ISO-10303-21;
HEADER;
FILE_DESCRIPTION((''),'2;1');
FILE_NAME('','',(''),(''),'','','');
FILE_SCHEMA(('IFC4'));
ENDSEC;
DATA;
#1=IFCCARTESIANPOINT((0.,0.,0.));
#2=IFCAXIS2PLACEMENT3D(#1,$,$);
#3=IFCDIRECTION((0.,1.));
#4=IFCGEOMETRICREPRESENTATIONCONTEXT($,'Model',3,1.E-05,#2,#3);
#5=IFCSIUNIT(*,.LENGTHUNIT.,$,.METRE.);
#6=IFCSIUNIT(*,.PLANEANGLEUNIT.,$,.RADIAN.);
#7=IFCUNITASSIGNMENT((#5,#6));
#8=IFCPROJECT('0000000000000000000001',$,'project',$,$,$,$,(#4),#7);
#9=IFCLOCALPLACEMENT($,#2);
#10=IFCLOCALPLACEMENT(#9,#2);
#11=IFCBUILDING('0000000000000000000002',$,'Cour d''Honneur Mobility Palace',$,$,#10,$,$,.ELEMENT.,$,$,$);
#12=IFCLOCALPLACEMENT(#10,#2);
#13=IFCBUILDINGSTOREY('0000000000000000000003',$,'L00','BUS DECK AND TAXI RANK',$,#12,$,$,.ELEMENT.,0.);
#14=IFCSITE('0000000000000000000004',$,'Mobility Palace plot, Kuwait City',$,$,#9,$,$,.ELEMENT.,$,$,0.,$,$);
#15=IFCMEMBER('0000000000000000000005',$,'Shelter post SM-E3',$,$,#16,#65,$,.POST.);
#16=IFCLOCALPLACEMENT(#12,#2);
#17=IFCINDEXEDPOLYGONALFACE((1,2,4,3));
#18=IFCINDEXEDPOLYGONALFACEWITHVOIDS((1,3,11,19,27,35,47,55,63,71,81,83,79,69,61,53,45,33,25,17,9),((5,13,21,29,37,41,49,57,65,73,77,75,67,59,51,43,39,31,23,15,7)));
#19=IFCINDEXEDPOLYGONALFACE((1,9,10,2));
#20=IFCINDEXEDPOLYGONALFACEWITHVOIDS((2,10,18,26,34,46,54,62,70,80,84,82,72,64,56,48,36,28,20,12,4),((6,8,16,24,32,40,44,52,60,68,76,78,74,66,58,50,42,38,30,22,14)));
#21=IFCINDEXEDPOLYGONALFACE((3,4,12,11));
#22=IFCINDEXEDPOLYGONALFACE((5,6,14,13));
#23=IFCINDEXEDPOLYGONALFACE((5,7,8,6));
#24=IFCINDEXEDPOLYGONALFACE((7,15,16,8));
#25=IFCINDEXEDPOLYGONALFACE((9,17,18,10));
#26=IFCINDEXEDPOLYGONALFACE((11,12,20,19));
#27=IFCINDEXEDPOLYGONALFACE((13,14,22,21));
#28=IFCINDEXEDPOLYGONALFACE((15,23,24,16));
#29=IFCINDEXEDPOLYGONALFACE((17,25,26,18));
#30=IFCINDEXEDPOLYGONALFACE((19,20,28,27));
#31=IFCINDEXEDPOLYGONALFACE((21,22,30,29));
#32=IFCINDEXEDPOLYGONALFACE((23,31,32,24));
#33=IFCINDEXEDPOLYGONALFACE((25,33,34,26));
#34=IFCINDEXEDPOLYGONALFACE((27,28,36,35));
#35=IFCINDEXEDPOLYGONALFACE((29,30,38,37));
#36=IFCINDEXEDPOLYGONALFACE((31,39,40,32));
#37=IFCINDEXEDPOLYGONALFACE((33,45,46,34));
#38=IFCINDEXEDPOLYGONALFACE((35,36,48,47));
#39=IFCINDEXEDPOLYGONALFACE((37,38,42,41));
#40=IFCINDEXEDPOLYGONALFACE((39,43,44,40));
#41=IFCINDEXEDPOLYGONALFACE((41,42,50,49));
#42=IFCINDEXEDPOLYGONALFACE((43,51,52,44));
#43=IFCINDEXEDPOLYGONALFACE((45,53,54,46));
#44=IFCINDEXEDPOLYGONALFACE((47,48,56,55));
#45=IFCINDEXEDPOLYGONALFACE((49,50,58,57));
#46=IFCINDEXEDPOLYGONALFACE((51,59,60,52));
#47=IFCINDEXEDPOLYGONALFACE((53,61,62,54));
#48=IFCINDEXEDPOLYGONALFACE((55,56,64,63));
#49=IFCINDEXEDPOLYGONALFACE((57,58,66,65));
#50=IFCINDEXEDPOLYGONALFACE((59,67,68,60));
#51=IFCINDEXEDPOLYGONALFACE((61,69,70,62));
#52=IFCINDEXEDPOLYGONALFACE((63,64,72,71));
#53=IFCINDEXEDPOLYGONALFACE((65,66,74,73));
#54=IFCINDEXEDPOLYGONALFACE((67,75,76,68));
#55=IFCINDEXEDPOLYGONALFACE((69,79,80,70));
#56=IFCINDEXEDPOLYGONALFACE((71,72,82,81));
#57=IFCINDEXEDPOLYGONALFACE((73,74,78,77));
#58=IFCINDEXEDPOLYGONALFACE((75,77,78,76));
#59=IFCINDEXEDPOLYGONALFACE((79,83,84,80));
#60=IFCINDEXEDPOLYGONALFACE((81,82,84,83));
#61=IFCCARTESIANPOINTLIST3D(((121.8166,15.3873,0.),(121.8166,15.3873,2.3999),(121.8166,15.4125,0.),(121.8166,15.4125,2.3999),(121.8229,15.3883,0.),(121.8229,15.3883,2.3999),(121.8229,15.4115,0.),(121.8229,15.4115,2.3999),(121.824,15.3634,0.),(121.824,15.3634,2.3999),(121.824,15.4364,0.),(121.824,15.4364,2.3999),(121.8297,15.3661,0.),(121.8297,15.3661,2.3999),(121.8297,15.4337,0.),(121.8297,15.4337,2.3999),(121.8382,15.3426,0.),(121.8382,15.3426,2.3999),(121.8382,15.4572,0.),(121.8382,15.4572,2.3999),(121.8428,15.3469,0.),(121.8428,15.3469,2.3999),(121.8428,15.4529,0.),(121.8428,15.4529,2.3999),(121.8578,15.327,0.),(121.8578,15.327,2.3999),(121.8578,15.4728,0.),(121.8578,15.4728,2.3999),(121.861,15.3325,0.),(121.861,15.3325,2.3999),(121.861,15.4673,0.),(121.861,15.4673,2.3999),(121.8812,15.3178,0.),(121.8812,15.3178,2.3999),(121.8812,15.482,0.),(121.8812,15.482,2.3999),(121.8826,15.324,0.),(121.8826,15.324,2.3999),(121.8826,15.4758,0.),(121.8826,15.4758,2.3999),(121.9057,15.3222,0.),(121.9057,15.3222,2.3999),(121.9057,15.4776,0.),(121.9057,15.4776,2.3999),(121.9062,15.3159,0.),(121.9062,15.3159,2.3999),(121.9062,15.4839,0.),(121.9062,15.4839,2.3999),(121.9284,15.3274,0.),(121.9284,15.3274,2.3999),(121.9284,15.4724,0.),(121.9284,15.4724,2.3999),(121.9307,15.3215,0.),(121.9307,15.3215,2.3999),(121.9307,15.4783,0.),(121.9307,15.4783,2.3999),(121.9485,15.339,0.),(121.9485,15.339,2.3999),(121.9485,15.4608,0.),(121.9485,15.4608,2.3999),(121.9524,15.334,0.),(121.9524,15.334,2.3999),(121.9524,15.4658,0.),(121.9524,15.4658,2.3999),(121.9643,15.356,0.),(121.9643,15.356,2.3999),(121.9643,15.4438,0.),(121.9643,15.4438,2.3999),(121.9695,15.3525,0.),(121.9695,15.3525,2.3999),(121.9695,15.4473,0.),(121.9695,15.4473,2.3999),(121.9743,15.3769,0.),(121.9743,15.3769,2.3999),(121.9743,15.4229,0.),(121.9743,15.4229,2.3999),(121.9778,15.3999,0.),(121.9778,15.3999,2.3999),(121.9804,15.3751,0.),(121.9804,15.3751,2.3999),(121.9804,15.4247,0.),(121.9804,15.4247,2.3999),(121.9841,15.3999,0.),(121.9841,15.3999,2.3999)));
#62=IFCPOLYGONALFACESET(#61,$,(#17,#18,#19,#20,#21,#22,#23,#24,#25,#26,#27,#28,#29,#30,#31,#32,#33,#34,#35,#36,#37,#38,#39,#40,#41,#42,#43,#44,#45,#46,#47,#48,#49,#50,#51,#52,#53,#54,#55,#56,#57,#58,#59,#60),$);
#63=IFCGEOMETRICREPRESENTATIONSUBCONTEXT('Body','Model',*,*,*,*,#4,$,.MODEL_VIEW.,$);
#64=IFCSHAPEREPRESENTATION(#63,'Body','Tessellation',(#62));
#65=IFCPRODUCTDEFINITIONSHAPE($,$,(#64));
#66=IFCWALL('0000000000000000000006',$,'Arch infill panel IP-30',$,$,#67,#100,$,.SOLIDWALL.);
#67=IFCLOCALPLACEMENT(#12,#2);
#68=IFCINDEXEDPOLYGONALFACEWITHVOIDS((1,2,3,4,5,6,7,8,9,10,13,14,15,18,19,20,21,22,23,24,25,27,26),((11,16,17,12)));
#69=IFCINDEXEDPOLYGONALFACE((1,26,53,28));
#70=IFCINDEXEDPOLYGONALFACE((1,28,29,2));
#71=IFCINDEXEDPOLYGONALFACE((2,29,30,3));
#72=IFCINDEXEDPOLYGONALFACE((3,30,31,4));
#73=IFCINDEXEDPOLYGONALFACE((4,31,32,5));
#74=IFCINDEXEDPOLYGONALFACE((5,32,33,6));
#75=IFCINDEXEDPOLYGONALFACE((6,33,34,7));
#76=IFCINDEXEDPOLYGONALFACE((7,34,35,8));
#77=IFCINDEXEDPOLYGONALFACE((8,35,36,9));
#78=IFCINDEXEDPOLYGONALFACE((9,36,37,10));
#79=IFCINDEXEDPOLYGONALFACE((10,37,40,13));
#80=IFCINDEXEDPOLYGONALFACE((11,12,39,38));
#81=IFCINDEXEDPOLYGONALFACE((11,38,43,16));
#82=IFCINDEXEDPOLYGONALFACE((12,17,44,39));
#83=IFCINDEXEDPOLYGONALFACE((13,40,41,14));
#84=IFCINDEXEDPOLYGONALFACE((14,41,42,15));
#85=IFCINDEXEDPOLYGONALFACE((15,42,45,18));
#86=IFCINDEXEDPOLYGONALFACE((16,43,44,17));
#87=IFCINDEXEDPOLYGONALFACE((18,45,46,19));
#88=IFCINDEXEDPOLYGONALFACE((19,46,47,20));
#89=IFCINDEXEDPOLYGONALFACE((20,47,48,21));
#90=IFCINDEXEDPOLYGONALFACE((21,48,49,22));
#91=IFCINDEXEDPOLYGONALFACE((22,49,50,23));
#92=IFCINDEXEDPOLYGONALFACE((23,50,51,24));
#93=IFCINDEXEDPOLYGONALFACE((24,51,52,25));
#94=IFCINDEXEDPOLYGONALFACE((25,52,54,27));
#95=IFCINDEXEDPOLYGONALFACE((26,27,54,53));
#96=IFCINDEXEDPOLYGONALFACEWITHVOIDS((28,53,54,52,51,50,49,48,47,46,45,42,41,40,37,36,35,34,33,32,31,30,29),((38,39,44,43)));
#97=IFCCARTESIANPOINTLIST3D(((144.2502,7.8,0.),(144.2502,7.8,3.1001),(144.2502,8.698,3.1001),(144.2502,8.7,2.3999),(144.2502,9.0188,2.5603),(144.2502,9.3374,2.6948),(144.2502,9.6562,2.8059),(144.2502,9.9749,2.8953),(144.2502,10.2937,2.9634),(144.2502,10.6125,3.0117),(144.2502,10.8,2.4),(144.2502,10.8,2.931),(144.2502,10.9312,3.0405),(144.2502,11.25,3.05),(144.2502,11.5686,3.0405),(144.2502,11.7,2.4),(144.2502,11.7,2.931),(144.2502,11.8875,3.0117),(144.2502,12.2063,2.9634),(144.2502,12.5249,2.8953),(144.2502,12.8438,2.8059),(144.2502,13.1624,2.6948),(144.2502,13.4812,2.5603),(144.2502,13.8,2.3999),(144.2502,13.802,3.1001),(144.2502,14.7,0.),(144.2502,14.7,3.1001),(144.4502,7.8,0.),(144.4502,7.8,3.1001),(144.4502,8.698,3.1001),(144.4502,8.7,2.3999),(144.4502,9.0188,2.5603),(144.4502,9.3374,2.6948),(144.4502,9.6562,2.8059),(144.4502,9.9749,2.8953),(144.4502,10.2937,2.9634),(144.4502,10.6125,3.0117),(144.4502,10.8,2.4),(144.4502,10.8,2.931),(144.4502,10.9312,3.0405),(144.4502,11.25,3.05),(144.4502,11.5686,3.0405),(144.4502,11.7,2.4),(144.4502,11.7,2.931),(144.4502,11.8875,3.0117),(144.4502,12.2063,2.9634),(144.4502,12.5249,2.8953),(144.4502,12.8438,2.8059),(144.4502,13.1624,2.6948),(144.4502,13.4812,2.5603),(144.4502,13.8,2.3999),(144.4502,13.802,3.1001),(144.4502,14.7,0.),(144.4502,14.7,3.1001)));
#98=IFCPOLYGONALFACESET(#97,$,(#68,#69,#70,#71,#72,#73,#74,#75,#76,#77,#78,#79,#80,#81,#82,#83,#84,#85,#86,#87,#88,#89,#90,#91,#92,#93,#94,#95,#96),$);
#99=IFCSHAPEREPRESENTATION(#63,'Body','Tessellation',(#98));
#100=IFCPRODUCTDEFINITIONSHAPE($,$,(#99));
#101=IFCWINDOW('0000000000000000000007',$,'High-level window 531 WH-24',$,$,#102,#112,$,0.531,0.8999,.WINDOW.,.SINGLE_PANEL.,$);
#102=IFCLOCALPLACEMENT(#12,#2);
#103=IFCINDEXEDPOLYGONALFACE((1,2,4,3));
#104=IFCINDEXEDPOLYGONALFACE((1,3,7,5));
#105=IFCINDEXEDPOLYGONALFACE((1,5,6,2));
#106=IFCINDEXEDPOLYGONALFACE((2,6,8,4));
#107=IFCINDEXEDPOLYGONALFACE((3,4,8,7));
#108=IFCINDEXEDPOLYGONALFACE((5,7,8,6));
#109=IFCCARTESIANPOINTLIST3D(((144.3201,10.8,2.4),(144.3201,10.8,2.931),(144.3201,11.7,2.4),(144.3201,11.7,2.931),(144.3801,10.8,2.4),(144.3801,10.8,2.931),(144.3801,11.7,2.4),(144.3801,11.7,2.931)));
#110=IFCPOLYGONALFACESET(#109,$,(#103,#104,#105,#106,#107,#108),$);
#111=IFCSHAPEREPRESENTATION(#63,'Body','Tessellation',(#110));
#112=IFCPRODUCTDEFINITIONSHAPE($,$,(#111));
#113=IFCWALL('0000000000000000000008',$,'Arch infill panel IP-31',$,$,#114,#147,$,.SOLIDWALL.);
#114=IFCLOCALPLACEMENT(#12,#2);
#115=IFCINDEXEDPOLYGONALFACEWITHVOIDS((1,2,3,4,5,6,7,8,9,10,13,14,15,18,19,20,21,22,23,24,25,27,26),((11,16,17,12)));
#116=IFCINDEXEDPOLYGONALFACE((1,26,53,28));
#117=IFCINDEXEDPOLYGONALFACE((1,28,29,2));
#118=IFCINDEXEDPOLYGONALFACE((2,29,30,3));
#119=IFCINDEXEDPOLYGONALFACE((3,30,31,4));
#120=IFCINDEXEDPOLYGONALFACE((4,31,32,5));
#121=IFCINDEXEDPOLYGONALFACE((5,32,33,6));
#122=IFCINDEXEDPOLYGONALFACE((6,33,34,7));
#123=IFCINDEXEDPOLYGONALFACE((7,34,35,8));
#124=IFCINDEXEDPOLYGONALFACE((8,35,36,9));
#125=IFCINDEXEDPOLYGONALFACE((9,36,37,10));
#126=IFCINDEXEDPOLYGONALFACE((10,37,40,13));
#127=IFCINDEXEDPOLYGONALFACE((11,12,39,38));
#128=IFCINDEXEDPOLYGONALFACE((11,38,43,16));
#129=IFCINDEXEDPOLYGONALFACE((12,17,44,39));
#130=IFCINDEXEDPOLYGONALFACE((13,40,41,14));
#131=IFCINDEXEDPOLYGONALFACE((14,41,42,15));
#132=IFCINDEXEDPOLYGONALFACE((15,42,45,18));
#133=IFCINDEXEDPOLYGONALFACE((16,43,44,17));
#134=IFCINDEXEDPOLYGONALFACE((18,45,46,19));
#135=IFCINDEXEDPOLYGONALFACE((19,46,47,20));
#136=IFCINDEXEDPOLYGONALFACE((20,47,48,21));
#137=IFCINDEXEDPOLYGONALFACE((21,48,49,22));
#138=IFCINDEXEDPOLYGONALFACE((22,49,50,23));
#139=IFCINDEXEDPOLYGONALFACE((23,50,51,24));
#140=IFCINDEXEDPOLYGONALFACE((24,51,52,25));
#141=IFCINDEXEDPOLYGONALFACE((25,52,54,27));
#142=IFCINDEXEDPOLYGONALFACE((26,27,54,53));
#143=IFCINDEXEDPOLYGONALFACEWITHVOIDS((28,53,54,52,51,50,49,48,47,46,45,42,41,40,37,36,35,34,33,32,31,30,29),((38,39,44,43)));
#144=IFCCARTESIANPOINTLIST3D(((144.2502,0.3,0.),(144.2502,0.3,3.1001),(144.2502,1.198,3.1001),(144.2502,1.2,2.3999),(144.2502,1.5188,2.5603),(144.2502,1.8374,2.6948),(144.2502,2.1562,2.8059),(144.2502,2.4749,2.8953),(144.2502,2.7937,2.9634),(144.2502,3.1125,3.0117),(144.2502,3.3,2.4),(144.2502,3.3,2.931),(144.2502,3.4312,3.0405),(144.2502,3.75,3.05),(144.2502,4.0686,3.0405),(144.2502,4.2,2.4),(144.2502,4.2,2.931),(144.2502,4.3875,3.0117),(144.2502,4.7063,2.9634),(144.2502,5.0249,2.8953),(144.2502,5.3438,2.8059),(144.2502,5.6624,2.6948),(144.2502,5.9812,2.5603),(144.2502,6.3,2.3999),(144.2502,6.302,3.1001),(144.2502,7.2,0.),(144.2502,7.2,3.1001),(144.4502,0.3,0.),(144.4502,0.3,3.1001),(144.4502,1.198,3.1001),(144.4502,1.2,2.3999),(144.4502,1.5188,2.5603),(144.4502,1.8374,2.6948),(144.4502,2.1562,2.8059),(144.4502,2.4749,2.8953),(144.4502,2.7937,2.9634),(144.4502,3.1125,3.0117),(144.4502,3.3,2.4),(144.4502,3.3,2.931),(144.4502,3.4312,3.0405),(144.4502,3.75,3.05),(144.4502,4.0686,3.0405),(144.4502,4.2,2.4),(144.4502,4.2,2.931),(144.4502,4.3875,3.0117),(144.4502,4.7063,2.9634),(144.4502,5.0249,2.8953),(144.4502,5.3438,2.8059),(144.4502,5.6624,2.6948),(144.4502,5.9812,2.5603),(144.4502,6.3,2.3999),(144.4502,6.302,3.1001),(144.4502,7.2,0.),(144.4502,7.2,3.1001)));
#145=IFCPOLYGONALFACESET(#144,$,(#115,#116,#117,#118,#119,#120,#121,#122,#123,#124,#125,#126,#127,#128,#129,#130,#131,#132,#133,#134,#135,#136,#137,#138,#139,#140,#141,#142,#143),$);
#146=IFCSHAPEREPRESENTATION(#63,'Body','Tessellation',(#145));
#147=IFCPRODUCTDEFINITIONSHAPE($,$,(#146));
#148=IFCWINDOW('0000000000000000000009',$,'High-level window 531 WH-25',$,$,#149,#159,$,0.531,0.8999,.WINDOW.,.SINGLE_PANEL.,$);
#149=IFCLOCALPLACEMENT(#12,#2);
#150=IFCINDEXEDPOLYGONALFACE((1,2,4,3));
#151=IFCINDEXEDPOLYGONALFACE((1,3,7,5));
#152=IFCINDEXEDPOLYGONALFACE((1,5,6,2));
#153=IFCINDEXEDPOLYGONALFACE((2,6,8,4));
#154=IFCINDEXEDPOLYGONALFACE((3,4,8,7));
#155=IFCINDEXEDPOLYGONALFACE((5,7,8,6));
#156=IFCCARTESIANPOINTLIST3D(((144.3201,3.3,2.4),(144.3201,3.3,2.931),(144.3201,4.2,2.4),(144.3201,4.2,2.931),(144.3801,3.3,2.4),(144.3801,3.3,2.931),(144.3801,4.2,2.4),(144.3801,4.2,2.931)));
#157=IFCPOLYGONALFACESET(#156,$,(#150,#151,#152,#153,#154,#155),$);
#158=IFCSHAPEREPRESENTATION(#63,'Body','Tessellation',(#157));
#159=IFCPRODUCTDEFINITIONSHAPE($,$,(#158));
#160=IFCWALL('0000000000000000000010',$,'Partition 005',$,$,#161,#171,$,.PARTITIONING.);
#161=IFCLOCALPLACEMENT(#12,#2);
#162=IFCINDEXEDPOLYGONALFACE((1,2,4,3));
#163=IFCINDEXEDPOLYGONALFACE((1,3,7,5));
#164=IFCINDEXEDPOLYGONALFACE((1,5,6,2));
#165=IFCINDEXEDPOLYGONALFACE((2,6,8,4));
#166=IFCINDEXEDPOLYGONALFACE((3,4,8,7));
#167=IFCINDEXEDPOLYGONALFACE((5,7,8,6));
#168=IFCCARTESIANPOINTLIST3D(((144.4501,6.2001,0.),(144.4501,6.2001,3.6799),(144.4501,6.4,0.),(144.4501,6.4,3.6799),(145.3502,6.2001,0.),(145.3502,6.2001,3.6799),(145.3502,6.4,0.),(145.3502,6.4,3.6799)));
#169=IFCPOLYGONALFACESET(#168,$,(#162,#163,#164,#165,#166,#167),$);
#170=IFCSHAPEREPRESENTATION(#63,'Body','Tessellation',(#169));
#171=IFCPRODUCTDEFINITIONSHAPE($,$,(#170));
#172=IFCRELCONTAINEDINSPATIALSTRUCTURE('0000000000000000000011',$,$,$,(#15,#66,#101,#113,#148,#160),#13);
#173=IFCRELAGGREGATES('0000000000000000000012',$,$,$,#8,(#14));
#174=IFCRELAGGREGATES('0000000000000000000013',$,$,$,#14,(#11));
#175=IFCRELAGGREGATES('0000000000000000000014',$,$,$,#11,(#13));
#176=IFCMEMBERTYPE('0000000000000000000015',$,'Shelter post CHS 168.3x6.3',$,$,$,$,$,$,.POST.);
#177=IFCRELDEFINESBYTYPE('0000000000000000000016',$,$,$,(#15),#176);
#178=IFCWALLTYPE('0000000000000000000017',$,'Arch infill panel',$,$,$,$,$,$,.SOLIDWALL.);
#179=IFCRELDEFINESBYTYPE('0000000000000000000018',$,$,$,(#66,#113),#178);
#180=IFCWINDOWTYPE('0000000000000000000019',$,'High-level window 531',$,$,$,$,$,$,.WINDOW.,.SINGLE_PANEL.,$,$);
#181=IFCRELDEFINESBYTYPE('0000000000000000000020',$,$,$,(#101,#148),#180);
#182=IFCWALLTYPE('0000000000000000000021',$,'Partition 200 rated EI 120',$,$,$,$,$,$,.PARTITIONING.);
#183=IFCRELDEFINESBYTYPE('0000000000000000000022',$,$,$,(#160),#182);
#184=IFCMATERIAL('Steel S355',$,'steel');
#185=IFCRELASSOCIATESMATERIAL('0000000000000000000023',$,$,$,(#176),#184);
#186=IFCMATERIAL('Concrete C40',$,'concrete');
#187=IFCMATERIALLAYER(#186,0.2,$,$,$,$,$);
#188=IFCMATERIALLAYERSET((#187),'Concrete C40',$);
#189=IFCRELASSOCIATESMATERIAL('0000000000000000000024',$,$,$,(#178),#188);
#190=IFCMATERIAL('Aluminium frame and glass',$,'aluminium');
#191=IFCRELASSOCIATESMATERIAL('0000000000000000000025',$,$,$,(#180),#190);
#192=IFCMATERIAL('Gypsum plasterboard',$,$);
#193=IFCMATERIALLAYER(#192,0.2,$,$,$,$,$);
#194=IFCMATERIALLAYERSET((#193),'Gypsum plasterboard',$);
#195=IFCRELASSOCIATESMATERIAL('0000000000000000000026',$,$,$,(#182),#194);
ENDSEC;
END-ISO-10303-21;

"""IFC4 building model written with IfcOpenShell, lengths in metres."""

from ifc_helpers import new_model, si_unit, direction, frame, frame_2d, origin, origin_2d, place, context, subcontext, project, spatial, polyline, rectangle, hollow_circle, outline, extrude, material, layer, layer_set, material_profile, profile_set, type_object, element, fill, save


model = new_model("IFC4")

# Units and contexts
model_context = context("Model", 3, precision=1e-05, world=origin(), true_north=direction((0.0, 1.0)))
body_context = subcontext(model_context, "Body", "Model", "MODEL_VIEW")
ifc_project = project(units=[si_unit("LENGTHUNIT", "METRE"), si_unit("PLANEANGLEUNIT", "RADIAN")], contexts=[model_context])

# Site, building, storey
site_placement = place(None, origin())
site = spatial("IfcSite", under=ifc_project, at=site_placement, Name="Mobility Palace plot, Kuwait City", CompositionType="ELEMENT", RefElevation=0.0)
building_placement = place(site_placement, origin())
building = spatial("IfcBuilding", under=site, at=building_placement, Name="Cour d'Honneur Mobility Palace", CompositionType="ELEMENT")
storey_placement = place(building_placement, origin())
storey = spatial("IfcBuildingStorey", under=building, at=storey_placement, Name="L00", Description="BUS DECK AND TAXI RANK", CompositionType="ELEMENT", Elevation=0.0)

# Member
ifc_material_1 = material(Name="Steel S355", Category="steel")
ifc_material_profile_1 = material_profile(ifc_material_1, hollow_circle(Radius=0.0842, WallThickness=0.0063, at=origin_2d()), Name="CHS 168.3x6.3")
ifc_profile_set_1 = profile_set([ifc_material_profile_1], Name="Steel S355")
member_type_1 = type_object("IfcMemberType", Name="Shelter post CHS 168.3x6.3", PredefinedType="POST", material=ifc_profile_set_1)
for number, where, z_axis, x_axis, name in (
    (1, (121.8999, 15.3999, 0.0), (0.0, 0.0, 1.0), (1.0, 0.0, 0.0), "Shelter post SM-E3"),
):
    element("IfcMember", number, at=place(storey_placement, frame(where, z_axis=z_axis, x_axis=x_axis)), inside=storey, type_object=member_type_1, Name=name, PredefinedType="POST", context=body_context, shape_type="SweptSolid", body=[
        extrude(hollow_circle(Radius=0.0842, WallThickness=0.0063, at=origin_2d()), origin(), (0.0, 0.0, 1.0), 2.3999),
    ])

# Walls, openings, windows
ifc_material_2 = material(Name="Concrete C40", Category="concrete")
ifc_layer_1 = layer(ifc_material_2, 0.2)
ifc_layer_set_1 = layer_set([ifc_layer_1], Name="Concrete C40")
wall_type_1 = type_object("IfcWallType", Name="Arch infill panel", PredefinedType="SOLIDWALL", material=ifc_layer_set_1)
wall_1_placement = place(storey_placement, frame((144.3501, 14.7, 0.0), z_axis=(0.0, 0.0, 1.0), x_axis=(0.0, -1.0, 0.0)))
wall_1 = element("IfcWall", 2, at=wall_1_placement, inside=storey, type_object=wall_type_1, Name="Arch infill panel IP-30", PredefinedType="SOLIDWALL", context=body_context, shape_type="SweptSolid", body=[
    extrude(outline(polyline([(0.0, 0.0), (6.8999, 0.0), (6.8999, 3.1001), (6.002, 3.1001), (6.0, 2.3999), (5.6812, 2.5603), (5.3625, 2.6948), (5.0437, 2.8059), (4.7251, 2.8953), (4.4062, 2.9634), (4.0874, 3.0117), (3.7688, 3.0405), (3.45, 3.05), (3.1313, 3.0405), (2.8125, 3.0117), (2.4937, 2.9634), (2.175, 2.8953), (1.8562, 2.8059), (1.5376, 2.6948), (1.2188, 2.5603), (0.8999, 2.3999), (0.8979, 3.1001), (0.0, 3.1001), (0.0, 0.0)])), frame((0.0, 0.1001, 0.0), z_axis=(0.0, -1.0, 0.0), x_axis=(1.0, 0.0, 0.0)), (0.0, 0.0, 1.0), 0.2),
])
opening_1_placement = place(wall_1_placement, frame((3.0, 0.0, 2.3999)))
opening_1 = element("IfcOpeningElement", 3, at=opening_1_placement, cuts=wall_1, PredefinedType="OPENING", context=body_context, shape_type="SweptSolid", body=[
    extrude(rectangle(XDim=0.8999, YDim=0.531, at=frame_2d((0.45, 0.2656))), frame((0.0, 0.1099, 0.0), z_axis=(0.0, -1.0, 0.0), x_axis=(1.0, 0.0, 0.0)), (0.0, 0.0, 1.0), 0.22),
])
ifc_material_3 = material(Name="Aluminium frame and glass", Category="aluminium")
window_type = type_object("IfcWindowType", Name="High-level window 531", PartitioningType="SINGLE_PANEL", PredefinedType="WINDOW", material=ifc_material_3)
window_1_placement = place(opening_1_placement, origin())
window_1 = element("IfcWindow", 4, at=window_1_placement, inside=storey, type_object=window_type, Name="High-level window 531 WH-24", OverallHeight=0.531, OverallWidth=0.8999, PartitioningType="SINGLE_PANEL", PredefinedType="WINDOW", context=body_context, shape_type="SweptSolid", body=[
    extrude(rectangle(XDim=0.8999, YDim=0.531, at=frame_2d((0.45, 0.2656))), frame((0.0, 0.03, 0.0), z_axis=(0.0, -1.0, 0.0), x_axis=(1.0, 0.0, 0.0)), (0.0, 0.0, 1.0), 0.0601),
])
fill(opening_1, window_1)
wall_2_placement = place(storey_placement, frame((144.3501, 7.2, 0.0), z_axis=(0.0, 0.0, 1.0), x_axis=(0.0, -1.0, 0.0)))
wall_2 = element("IfcWall", 5, at=wall_2_placement, inside=storey, type_object=wall_type_1, Name="Arch infill panel IP-31", PredefinedType="SOLIDWALL", context=body_context, shape_type="SweptSolid", body=[
    extrude(outline(polyline([(0.0, 0.0), (6.8999, 0.0), (6.8999, 3.1001), (6.002, 3.1001), (6.0, 2.3999), (5.6812, 2.5603), (5.3625, 2.6948), (5.0437, 2.8059), (4.7251, 2.8953), (4.4062, 2.9634), (4.0874, 3.0117), (3.7688, 3.0405), (3.45, 3.05), (3.1313, 3.0405), (2.8125, 3.0117), (2.4937, 2.9634), (2.175, 2.8953), (1.8562, 2.8059), (1.5376, 2.6948), (1.2188, 2.5603), (0.8999, 2.3999), (0.8979, 3.1001), (0.0, 3.1001), (0.0, 0.0)])), frame((0.0, 0.1001, 0.0), z_axis=(0.0, -1.0, 0.0), x_axis=(1.0, 0.0, 0.0)), (0.0, 0.0, 1.0), 0.2),
])
opening_2_placement = place(wall_2_placement, frame((3.0, 0.0, 2.3999)))
opening_2 = element("IfcOpeningElement", 6, at=opening_2_placement, cuts=wall_2, PredefinedType="OPENING", context=body_context, shape_type="SweptSolid", body=[
    extrude(rectangle(XDim=0.8999, YDim=0.531, at=frame_2d((0.45, 0.2656))), frame((0.0, 0.1099, 0.0), z_axis=(0.0, -1.0, 0.0), x_axis=(1.0, 0.0, 0.0)), (0.0, 0.0, 1.0), 0.22),
])
window_2_placement = place(opening_2_placement, origin())
window_2 = element("IfcWindow", 7, at=window_2_placement, inside=storey, type_object=window_type, Name="High-level window 531 WH-25", OverallHeight=0.531, OverallWidth=0.8999, PartitioningType="SINGLE_PANEL", PredefinedType="WINDOW", context=body_context, shape_type="SweptSolid", body=[
    extrude(rectangle(XDim=0.8999, YDim=0.531, at=frame_2d((0.45, 0.2656))), frame((0.0, 0.03, 0.0), z_axis=(0.0, -1.0, 0.0), x_axis=(1.0, 0.0, 0.0)), (0.0, 0.0, 1.0), 0.0601),
])
fill(opening_2, window_2)

# Wall
ifc_material_4 = material(Name="Gypsum plasterboard")
ifc_layer_2 = layer(ifc_material_4, 0.2)
ifc_layer_set_2 = layer_set([ifc_layer_2], Name="Gypsum plasterboard")
wall_type_2 = type_object("IfcWallType", Name="Partition 200 rated EI 120", PredefinedType="PARTITIONING", material=ifc_layer_set_2)
wall_3_placement = place(storey_placement, frame((144.45, 6.3, 0.0), z_axis=(0.0, 0.0, 1.0), x_axis=(1.0, 0.0, 0.0)))
element("IfcWall", 8, at=wall_3_placement, inside=storey, type_object=wall_type_2, Name="Partition 005", PredefinedType="PARTITIONING", context=body_context, shape_type="SweptSolid", body=[
    extrude(rectangle(XDim=0.9001, YDim=0.2, at=frame_2d((0.4502, 0.0))), origin(), (0.0, 0.0, 1.0), 3.6799),
])

save(model, "model.ifc")
